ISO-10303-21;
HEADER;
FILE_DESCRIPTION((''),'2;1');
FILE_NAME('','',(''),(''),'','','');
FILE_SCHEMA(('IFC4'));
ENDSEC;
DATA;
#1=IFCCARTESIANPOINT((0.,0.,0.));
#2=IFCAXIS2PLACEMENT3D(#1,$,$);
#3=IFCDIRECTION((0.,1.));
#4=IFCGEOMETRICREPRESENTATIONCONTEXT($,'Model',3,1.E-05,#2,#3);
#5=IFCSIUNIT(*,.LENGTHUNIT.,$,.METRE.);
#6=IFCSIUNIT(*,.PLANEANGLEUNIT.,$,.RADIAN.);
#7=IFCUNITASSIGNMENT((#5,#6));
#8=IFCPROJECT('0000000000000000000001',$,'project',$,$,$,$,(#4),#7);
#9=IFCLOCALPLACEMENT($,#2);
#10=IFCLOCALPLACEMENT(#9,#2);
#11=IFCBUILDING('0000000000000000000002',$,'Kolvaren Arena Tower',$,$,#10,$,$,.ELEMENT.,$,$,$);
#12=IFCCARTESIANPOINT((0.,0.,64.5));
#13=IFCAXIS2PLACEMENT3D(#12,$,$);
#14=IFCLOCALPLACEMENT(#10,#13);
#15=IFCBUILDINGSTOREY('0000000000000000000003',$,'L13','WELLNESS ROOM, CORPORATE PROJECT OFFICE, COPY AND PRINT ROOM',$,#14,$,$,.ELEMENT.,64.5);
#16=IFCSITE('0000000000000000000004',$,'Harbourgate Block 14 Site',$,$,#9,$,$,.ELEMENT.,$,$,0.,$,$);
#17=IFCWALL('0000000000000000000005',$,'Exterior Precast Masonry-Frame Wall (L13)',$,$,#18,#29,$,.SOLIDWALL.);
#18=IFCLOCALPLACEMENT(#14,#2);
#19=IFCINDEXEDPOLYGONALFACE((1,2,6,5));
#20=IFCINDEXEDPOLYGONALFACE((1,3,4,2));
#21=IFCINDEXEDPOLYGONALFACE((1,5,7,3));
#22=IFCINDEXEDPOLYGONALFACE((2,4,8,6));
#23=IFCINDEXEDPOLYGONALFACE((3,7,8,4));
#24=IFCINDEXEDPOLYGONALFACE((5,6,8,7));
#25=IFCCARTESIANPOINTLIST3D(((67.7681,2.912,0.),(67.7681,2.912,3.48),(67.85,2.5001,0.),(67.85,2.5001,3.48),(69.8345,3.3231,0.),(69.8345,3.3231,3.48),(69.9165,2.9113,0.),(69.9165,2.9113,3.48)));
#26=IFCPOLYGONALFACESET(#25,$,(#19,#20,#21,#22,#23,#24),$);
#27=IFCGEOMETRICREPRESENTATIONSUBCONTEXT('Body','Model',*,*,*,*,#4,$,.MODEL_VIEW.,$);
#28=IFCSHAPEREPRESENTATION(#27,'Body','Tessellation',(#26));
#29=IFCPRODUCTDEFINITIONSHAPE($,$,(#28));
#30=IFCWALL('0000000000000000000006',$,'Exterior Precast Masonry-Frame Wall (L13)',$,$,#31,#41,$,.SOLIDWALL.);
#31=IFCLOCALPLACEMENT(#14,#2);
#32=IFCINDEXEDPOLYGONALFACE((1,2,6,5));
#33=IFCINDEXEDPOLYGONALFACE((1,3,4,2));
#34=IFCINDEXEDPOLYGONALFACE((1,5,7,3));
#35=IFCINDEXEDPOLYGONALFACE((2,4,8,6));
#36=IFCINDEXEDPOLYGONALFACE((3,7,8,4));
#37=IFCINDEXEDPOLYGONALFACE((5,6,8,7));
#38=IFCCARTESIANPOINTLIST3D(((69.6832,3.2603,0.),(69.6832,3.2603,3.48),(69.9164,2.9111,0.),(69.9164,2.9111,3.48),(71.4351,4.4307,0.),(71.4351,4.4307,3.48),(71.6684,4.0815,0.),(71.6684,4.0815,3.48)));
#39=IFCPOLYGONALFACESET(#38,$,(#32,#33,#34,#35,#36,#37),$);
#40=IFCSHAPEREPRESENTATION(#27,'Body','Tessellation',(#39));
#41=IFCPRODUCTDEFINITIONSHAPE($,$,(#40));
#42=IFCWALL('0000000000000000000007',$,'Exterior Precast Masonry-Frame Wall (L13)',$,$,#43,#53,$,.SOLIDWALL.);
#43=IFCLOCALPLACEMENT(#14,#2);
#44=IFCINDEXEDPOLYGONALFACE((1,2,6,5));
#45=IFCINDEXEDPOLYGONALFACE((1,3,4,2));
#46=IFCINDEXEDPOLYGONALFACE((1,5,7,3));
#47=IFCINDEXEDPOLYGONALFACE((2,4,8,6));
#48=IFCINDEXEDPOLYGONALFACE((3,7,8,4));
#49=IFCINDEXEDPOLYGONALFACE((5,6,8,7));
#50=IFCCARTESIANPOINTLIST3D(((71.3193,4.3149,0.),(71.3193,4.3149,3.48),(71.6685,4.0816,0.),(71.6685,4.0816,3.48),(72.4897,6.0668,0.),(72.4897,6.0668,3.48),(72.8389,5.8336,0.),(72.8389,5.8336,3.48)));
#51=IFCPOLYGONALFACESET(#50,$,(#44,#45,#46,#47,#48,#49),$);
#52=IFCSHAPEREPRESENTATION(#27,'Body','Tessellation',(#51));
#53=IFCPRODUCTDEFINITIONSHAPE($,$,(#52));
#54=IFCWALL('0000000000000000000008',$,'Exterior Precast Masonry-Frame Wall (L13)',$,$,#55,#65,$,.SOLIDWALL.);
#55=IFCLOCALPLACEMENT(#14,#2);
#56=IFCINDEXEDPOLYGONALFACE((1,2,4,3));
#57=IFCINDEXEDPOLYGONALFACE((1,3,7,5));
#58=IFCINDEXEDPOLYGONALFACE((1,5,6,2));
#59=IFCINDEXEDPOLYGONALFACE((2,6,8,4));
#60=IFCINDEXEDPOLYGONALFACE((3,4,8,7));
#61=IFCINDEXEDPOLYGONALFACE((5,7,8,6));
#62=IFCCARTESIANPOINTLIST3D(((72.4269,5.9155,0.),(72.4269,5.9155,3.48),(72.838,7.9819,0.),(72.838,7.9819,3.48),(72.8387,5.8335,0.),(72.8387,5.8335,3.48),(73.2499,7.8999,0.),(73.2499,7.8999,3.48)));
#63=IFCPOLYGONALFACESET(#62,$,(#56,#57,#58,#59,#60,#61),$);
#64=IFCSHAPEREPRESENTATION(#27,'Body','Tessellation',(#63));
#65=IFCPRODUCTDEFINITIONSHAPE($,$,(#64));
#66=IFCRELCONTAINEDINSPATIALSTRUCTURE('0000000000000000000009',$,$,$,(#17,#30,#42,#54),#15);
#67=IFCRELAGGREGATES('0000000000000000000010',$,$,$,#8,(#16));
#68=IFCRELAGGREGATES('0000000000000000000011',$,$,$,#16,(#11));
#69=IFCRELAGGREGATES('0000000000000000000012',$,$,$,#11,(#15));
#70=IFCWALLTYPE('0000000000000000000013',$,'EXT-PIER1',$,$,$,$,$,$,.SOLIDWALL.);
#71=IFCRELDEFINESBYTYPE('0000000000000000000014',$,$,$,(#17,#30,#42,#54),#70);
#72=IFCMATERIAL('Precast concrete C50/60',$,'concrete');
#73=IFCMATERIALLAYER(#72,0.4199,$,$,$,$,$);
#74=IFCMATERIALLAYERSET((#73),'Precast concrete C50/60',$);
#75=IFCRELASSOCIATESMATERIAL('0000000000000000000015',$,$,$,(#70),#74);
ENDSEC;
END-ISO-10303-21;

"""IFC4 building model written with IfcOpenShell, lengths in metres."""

from ifc_helpers import new_model, si_unit, direction, frame, frame_2d, origin, place, context, subcontext, project, spatial, rectangle, extrude, material, layer, layer_set, type_object, element, save


model = new_model("IFC4")

# Units and contexts
model_context = context("Model", 3, precision=1e-05, world=origin(), true_north=direction((0.0, 1.0)))
body_context = subcontext(model_context, "Body", "Model", "MODEL_VIEW")
ifc_project = project(units=[si_unit("LENGTHUNIT", "METRE"), si_unit("PLANEANGLEUNIT", "RADIAN")], contexts=[model_context])

# Site, building, storey
site_placement = place(None, origin())
site = spatial("IfcSite", under=ifc_project, at=site_placement, Name="Harbourgate Block 14 Site", CompositionType="ELEMENT", RefElevation=0.0)
building_placement = place(site_placement, origin())
building = spatial("IfcBuilding", under=site, at=building_placement, Name="Kolvaren Arena Tower", CompositionType="ELEMENT")
storey_placement = place(building_placement, frame((0.0, 0.0, 64.5)))
storey = spatial("IfcBuildingStorey", under=building, at=storey_placement, Name="L13", Description="WELLNESS ROOM, CORPORATE PROJECT OFFICE, COPY AND PRINT ROOM", CompositionType="ELEMENT", Elevation=64.5)

# Walls
ifc_material_1 = material(Name="Precast concrete C50/60", Category="concrete")
ifc_layer_1 = layer(ifc_material_1, 0.4199)
ifc_layer_set_1 = layer_set([ifc_layer_1], Name="Precast concrete C50/60")
wall_type_1 = type_object("IfcWallType", Name="EXT-PIER1", PredefinedType="SOLIDWALL", material=ifc_layer_set_1)
for number, where, z_axis, x_axis, name in (
    (1, (69.8755, 3.1172, 0.0), (0.0, 0.0, 1.0), (-0.980776, -0.195136, 0.0), "Exterior Precast Masonry-Frame Wall (L13)"),
    (2, (71.5518, 4.2561, 0.0), (0.0, 0.0, 1.0), (-0.831515, -0.555502, 0.0), "Exterior Precast Masonry-Frame Wall (L13)"),
    (3, (72.6643, 5.9502, 0.0), (0.0, 0.0, 1.0), (-0.555502, -0.831515, 0.0), "Exterior Precast Masonry-Frame Wall (L13)"),
    (4, (73.0439, 7.9409, 0.0), (0.0, 0.0, 1.0), (-0.195136, -0.980776, 0.0), "Exterior Precast Masonry-Frame Wall (L13)"),
):
    element("IfcWall", number, at=place(storey_placement, frame(where, z_axis=z_axis, x_axis=x_axis)), inside=storey, type_object=wall_type_1, Name=name, PredefinedType="SOLIDWALL", context=body_context, shape_type="SweptSolid", body=[
        extrude(rectangle(XDim=2.1069, YDim=0.4199, at=frame_2d((1.0535, 0.0))), origin(), (0.0, 0.0, 1.0), 3.48),
    ])

save(model, "model.ifc")
